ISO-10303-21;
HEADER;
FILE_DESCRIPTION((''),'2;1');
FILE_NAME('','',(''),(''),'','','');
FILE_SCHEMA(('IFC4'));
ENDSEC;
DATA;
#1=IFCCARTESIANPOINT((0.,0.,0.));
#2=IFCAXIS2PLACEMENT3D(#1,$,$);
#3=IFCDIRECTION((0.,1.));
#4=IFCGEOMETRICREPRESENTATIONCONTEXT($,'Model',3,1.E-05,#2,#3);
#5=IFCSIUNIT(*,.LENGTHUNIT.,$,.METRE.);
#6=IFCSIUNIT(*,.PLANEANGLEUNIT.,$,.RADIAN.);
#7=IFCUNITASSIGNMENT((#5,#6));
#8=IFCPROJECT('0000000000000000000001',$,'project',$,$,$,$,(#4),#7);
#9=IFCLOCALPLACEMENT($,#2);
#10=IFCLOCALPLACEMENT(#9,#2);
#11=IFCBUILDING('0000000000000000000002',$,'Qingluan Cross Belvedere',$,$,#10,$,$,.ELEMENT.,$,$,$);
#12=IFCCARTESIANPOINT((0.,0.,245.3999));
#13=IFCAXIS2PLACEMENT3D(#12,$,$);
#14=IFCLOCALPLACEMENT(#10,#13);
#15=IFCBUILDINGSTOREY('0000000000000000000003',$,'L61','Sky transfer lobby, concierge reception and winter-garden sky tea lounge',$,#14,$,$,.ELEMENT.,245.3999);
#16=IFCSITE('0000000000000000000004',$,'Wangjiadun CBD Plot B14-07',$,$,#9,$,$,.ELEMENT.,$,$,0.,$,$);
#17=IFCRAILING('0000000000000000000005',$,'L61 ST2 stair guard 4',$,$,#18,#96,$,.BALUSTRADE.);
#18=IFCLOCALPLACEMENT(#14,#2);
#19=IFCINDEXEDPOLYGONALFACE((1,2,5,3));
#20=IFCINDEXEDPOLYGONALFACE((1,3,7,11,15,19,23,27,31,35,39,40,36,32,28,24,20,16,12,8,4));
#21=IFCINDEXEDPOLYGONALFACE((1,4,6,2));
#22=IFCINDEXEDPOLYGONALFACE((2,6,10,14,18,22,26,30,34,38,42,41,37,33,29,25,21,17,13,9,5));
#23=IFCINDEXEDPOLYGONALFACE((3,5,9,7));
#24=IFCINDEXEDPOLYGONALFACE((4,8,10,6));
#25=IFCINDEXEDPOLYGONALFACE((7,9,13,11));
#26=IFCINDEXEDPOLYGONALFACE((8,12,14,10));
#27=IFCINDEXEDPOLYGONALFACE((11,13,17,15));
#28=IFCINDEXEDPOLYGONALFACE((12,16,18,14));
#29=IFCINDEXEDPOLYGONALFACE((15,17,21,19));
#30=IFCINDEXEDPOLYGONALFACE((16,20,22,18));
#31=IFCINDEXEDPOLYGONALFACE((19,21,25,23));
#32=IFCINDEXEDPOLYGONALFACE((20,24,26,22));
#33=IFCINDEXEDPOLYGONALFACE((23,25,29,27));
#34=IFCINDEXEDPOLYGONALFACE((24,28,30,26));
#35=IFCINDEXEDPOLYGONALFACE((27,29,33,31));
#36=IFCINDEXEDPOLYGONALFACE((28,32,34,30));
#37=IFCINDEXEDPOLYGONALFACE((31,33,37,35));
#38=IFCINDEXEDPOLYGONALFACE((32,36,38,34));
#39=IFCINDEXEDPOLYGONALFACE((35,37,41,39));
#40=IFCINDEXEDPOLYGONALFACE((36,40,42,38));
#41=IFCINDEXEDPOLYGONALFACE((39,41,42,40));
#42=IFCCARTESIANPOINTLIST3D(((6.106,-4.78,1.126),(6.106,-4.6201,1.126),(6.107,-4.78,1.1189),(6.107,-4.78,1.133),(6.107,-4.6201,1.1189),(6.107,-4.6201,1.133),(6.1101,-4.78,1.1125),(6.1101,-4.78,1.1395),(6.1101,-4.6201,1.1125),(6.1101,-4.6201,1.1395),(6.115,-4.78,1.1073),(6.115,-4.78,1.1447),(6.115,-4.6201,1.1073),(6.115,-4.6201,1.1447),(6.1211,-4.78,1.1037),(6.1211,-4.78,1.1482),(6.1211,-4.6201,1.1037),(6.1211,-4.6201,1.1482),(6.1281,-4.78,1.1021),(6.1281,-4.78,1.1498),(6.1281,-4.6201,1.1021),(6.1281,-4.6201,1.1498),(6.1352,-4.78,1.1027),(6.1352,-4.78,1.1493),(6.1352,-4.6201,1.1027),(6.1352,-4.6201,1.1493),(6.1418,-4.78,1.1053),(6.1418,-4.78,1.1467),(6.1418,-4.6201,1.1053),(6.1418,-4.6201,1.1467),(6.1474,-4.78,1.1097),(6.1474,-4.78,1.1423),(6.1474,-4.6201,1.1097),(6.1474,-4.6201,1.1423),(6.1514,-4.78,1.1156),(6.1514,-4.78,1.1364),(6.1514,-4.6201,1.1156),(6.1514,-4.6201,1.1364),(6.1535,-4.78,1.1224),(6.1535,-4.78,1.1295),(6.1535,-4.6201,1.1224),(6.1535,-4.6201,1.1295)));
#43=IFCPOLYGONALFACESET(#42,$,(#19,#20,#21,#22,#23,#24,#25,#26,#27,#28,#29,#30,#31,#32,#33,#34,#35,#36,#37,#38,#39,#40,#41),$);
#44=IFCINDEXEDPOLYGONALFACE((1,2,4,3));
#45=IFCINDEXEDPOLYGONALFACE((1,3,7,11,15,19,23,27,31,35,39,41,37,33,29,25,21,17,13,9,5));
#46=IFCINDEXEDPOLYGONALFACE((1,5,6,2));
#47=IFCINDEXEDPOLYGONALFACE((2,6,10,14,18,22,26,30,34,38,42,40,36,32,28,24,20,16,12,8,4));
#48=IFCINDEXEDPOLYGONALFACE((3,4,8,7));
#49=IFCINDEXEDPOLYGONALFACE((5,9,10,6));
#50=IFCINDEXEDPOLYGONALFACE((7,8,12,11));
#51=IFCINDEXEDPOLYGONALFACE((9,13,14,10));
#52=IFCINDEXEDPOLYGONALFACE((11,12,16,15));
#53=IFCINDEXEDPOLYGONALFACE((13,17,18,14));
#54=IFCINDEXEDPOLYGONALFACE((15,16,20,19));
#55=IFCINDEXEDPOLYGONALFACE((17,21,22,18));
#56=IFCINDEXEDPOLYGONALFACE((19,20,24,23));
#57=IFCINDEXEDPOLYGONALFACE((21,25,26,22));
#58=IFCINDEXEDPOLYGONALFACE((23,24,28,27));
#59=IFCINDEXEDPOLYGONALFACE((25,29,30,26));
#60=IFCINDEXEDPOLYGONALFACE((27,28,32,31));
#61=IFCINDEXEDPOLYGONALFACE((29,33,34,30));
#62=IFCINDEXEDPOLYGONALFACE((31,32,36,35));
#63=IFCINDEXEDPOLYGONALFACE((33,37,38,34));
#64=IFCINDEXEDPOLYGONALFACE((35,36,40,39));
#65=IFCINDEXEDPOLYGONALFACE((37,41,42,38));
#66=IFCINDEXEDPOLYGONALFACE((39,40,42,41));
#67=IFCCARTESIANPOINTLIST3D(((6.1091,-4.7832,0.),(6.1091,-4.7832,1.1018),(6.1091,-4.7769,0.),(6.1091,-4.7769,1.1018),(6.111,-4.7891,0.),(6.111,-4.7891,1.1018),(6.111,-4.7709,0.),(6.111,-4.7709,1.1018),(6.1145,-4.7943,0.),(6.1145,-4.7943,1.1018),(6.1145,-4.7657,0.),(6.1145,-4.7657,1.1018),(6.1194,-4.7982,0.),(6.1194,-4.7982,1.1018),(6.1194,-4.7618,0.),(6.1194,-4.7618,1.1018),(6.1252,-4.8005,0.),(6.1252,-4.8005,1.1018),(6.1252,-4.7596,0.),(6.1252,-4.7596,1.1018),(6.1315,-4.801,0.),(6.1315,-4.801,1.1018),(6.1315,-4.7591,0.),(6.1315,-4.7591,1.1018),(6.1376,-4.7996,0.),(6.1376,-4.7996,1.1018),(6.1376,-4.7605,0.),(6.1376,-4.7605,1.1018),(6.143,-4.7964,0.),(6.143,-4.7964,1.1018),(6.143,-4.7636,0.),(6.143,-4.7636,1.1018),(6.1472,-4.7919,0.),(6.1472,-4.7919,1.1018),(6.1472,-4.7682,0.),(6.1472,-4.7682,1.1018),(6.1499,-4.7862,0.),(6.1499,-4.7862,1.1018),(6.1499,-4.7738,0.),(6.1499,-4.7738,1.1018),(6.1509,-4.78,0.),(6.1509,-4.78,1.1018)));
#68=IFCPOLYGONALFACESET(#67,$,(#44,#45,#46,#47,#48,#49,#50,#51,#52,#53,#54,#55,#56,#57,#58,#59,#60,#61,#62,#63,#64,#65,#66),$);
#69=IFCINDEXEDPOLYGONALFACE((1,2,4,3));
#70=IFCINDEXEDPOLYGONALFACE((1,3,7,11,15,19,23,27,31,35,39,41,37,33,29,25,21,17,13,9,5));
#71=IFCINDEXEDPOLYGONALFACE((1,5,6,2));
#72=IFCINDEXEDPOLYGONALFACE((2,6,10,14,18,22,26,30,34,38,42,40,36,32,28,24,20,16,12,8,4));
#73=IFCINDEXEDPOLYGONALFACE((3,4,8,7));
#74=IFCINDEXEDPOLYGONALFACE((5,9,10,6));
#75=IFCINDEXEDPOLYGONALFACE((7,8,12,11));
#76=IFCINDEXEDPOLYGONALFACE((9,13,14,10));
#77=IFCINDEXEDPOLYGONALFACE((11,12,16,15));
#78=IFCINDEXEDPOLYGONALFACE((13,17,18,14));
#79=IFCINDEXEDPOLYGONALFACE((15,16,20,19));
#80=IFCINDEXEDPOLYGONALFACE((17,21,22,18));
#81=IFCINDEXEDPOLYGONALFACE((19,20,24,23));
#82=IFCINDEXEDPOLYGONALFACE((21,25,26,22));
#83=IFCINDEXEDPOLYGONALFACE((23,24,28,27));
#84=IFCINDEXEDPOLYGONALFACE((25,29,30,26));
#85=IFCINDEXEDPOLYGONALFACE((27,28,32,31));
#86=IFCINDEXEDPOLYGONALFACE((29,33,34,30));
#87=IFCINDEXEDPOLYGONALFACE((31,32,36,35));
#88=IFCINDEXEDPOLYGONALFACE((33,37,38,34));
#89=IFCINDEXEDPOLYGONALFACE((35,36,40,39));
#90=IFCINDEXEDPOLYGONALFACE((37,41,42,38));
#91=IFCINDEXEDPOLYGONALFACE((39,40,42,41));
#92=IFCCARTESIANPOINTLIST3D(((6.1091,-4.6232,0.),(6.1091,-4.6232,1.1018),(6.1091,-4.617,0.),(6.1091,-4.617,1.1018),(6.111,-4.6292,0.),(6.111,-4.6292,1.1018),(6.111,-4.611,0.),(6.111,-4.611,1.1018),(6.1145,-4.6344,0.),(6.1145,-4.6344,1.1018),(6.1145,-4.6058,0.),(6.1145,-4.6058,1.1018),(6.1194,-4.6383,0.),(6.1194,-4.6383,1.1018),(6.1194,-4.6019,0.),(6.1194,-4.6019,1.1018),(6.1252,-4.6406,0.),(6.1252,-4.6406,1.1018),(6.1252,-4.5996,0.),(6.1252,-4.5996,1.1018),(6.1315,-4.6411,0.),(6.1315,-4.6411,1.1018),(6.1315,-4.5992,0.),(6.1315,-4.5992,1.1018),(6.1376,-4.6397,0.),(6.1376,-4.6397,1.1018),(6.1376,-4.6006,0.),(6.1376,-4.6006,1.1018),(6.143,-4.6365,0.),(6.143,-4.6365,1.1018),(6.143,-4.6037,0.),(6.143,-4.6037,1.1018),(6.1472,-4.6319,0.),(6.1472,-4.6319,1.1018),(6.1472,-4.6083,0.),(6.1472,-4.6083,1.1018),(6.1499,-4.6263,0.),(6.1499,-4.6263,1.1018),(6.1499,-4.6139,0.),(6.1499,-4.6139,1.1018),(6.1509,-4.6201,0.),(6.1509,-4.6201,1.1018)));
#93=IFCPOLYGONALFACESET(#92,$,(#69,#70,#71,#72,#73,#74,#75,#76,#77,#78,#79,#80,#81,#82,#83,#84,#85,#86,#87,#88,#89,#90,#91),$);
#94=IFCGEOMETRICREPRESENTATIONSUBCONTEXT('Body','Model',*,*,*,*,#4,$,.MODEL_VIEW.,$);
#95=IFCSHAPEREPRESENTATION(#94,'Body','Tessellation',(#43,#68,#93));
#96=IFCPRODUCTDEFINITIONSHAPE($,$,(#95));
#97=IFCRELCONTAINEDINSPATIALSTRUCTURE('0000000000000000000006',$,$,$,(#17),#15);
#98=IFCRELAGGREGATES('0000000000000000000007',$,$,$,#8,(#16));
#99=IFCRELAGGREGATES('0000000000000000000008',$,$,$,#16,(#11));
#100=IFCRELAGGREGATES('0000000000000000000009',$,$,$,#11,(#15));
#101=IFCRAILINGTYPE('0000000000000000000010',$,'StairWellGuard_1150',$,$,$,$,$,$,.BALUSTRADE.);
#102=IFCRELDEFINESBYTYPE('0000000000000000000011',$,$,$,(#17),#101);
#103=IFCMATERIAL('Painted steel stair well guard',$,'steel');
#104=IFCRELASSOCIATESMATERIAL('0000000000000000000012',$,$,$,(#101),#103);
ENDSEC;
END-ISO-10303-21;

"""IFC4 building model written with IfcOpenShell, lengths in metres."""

from ifc_helpers import new_model, si_unit, direction, frame, origin, origin_2d, place, context, subcontext, project, spatial, circle, extrude, material, type_object, element, save


model = new_model("IFC4")

# Units and contexts
model_context = context("Model", 3, precision=1e-05, world=origin(), true_north=direction((0.0, 1.0)))
body_context = subcontext(model_context, "Body", "Model", "MODEL_VIEW")
ifc_project = project(units=[si_unit("LENGTHUNIT", "METRE"), si_unit("PLANEANGLEUNIT", "RADIAN")], contexts=[model_context])

# Site, building, storey
site_placement = place(None, origin())
site = spatial("IfcSite", under=ifc_project, at=site_placement, Name="Wangjiadun CBD Plot B14-07", CompositionType="ELEMENT", RefElevation=0.0)
building_placement = place(site_placement, origin())
building = spatial("IfcBuilding", under=site, at=building_placement, Name="Qingluan Cross Belvedere", CompositionType="ELEMENT")
storey_placement = place(building_placement, frame((0.0, 0.0, 245.3999)))
storey = spatial("IfcBuildingStorey", under=building, at=storey_placement, Name="L61", Description="Sky transfer lobby, concierge reception and winter-garden sky tea lounge", CompositionType="ELEMENT", Elevation=245.3999)

# Railing
ifc_material_1 = material(Name="Painted steel stair well guard", Category="steel")
railing_type_1 = type_object("IfcRailingType", Name="StairWellGuard_1150", PredefinedType="BALUSTRADE", material=ifc_material_1)
railing_1_placement = place(storey_placement, frame((6.1299, -4.78, 0.0)))
element("IfcRailing", 1, at=railing_1_placement, inside=storey, type_object=railing_type_1, Name="L61 ST2 stair guard 4", PredefinedType="BALUSTRADE", context=body_context, shape_type="SweptSolid", body=[
    extrude(circle(Radius=0.0239, at=origin_2d()), frame((0.0, 0.0, 1.126), z_axis=(0.0, 1.0, 0.0), x_axis=(-1.0, 0.0, 0.0)), (0.0, 0.0, 1.0), 0.1599),
    extrude(circle(Radius=0.021, at=origin_2d()), origin(), (0.0, 0.0, 1.0), 1.1018),
    extrude(circle(Radius=0.021, at=origin_2d()), frame((0.0, 0.1599, 0.0)), (0.0, 0.0, 1.0), 1.1018),
])

save(model, "model.ifc")
